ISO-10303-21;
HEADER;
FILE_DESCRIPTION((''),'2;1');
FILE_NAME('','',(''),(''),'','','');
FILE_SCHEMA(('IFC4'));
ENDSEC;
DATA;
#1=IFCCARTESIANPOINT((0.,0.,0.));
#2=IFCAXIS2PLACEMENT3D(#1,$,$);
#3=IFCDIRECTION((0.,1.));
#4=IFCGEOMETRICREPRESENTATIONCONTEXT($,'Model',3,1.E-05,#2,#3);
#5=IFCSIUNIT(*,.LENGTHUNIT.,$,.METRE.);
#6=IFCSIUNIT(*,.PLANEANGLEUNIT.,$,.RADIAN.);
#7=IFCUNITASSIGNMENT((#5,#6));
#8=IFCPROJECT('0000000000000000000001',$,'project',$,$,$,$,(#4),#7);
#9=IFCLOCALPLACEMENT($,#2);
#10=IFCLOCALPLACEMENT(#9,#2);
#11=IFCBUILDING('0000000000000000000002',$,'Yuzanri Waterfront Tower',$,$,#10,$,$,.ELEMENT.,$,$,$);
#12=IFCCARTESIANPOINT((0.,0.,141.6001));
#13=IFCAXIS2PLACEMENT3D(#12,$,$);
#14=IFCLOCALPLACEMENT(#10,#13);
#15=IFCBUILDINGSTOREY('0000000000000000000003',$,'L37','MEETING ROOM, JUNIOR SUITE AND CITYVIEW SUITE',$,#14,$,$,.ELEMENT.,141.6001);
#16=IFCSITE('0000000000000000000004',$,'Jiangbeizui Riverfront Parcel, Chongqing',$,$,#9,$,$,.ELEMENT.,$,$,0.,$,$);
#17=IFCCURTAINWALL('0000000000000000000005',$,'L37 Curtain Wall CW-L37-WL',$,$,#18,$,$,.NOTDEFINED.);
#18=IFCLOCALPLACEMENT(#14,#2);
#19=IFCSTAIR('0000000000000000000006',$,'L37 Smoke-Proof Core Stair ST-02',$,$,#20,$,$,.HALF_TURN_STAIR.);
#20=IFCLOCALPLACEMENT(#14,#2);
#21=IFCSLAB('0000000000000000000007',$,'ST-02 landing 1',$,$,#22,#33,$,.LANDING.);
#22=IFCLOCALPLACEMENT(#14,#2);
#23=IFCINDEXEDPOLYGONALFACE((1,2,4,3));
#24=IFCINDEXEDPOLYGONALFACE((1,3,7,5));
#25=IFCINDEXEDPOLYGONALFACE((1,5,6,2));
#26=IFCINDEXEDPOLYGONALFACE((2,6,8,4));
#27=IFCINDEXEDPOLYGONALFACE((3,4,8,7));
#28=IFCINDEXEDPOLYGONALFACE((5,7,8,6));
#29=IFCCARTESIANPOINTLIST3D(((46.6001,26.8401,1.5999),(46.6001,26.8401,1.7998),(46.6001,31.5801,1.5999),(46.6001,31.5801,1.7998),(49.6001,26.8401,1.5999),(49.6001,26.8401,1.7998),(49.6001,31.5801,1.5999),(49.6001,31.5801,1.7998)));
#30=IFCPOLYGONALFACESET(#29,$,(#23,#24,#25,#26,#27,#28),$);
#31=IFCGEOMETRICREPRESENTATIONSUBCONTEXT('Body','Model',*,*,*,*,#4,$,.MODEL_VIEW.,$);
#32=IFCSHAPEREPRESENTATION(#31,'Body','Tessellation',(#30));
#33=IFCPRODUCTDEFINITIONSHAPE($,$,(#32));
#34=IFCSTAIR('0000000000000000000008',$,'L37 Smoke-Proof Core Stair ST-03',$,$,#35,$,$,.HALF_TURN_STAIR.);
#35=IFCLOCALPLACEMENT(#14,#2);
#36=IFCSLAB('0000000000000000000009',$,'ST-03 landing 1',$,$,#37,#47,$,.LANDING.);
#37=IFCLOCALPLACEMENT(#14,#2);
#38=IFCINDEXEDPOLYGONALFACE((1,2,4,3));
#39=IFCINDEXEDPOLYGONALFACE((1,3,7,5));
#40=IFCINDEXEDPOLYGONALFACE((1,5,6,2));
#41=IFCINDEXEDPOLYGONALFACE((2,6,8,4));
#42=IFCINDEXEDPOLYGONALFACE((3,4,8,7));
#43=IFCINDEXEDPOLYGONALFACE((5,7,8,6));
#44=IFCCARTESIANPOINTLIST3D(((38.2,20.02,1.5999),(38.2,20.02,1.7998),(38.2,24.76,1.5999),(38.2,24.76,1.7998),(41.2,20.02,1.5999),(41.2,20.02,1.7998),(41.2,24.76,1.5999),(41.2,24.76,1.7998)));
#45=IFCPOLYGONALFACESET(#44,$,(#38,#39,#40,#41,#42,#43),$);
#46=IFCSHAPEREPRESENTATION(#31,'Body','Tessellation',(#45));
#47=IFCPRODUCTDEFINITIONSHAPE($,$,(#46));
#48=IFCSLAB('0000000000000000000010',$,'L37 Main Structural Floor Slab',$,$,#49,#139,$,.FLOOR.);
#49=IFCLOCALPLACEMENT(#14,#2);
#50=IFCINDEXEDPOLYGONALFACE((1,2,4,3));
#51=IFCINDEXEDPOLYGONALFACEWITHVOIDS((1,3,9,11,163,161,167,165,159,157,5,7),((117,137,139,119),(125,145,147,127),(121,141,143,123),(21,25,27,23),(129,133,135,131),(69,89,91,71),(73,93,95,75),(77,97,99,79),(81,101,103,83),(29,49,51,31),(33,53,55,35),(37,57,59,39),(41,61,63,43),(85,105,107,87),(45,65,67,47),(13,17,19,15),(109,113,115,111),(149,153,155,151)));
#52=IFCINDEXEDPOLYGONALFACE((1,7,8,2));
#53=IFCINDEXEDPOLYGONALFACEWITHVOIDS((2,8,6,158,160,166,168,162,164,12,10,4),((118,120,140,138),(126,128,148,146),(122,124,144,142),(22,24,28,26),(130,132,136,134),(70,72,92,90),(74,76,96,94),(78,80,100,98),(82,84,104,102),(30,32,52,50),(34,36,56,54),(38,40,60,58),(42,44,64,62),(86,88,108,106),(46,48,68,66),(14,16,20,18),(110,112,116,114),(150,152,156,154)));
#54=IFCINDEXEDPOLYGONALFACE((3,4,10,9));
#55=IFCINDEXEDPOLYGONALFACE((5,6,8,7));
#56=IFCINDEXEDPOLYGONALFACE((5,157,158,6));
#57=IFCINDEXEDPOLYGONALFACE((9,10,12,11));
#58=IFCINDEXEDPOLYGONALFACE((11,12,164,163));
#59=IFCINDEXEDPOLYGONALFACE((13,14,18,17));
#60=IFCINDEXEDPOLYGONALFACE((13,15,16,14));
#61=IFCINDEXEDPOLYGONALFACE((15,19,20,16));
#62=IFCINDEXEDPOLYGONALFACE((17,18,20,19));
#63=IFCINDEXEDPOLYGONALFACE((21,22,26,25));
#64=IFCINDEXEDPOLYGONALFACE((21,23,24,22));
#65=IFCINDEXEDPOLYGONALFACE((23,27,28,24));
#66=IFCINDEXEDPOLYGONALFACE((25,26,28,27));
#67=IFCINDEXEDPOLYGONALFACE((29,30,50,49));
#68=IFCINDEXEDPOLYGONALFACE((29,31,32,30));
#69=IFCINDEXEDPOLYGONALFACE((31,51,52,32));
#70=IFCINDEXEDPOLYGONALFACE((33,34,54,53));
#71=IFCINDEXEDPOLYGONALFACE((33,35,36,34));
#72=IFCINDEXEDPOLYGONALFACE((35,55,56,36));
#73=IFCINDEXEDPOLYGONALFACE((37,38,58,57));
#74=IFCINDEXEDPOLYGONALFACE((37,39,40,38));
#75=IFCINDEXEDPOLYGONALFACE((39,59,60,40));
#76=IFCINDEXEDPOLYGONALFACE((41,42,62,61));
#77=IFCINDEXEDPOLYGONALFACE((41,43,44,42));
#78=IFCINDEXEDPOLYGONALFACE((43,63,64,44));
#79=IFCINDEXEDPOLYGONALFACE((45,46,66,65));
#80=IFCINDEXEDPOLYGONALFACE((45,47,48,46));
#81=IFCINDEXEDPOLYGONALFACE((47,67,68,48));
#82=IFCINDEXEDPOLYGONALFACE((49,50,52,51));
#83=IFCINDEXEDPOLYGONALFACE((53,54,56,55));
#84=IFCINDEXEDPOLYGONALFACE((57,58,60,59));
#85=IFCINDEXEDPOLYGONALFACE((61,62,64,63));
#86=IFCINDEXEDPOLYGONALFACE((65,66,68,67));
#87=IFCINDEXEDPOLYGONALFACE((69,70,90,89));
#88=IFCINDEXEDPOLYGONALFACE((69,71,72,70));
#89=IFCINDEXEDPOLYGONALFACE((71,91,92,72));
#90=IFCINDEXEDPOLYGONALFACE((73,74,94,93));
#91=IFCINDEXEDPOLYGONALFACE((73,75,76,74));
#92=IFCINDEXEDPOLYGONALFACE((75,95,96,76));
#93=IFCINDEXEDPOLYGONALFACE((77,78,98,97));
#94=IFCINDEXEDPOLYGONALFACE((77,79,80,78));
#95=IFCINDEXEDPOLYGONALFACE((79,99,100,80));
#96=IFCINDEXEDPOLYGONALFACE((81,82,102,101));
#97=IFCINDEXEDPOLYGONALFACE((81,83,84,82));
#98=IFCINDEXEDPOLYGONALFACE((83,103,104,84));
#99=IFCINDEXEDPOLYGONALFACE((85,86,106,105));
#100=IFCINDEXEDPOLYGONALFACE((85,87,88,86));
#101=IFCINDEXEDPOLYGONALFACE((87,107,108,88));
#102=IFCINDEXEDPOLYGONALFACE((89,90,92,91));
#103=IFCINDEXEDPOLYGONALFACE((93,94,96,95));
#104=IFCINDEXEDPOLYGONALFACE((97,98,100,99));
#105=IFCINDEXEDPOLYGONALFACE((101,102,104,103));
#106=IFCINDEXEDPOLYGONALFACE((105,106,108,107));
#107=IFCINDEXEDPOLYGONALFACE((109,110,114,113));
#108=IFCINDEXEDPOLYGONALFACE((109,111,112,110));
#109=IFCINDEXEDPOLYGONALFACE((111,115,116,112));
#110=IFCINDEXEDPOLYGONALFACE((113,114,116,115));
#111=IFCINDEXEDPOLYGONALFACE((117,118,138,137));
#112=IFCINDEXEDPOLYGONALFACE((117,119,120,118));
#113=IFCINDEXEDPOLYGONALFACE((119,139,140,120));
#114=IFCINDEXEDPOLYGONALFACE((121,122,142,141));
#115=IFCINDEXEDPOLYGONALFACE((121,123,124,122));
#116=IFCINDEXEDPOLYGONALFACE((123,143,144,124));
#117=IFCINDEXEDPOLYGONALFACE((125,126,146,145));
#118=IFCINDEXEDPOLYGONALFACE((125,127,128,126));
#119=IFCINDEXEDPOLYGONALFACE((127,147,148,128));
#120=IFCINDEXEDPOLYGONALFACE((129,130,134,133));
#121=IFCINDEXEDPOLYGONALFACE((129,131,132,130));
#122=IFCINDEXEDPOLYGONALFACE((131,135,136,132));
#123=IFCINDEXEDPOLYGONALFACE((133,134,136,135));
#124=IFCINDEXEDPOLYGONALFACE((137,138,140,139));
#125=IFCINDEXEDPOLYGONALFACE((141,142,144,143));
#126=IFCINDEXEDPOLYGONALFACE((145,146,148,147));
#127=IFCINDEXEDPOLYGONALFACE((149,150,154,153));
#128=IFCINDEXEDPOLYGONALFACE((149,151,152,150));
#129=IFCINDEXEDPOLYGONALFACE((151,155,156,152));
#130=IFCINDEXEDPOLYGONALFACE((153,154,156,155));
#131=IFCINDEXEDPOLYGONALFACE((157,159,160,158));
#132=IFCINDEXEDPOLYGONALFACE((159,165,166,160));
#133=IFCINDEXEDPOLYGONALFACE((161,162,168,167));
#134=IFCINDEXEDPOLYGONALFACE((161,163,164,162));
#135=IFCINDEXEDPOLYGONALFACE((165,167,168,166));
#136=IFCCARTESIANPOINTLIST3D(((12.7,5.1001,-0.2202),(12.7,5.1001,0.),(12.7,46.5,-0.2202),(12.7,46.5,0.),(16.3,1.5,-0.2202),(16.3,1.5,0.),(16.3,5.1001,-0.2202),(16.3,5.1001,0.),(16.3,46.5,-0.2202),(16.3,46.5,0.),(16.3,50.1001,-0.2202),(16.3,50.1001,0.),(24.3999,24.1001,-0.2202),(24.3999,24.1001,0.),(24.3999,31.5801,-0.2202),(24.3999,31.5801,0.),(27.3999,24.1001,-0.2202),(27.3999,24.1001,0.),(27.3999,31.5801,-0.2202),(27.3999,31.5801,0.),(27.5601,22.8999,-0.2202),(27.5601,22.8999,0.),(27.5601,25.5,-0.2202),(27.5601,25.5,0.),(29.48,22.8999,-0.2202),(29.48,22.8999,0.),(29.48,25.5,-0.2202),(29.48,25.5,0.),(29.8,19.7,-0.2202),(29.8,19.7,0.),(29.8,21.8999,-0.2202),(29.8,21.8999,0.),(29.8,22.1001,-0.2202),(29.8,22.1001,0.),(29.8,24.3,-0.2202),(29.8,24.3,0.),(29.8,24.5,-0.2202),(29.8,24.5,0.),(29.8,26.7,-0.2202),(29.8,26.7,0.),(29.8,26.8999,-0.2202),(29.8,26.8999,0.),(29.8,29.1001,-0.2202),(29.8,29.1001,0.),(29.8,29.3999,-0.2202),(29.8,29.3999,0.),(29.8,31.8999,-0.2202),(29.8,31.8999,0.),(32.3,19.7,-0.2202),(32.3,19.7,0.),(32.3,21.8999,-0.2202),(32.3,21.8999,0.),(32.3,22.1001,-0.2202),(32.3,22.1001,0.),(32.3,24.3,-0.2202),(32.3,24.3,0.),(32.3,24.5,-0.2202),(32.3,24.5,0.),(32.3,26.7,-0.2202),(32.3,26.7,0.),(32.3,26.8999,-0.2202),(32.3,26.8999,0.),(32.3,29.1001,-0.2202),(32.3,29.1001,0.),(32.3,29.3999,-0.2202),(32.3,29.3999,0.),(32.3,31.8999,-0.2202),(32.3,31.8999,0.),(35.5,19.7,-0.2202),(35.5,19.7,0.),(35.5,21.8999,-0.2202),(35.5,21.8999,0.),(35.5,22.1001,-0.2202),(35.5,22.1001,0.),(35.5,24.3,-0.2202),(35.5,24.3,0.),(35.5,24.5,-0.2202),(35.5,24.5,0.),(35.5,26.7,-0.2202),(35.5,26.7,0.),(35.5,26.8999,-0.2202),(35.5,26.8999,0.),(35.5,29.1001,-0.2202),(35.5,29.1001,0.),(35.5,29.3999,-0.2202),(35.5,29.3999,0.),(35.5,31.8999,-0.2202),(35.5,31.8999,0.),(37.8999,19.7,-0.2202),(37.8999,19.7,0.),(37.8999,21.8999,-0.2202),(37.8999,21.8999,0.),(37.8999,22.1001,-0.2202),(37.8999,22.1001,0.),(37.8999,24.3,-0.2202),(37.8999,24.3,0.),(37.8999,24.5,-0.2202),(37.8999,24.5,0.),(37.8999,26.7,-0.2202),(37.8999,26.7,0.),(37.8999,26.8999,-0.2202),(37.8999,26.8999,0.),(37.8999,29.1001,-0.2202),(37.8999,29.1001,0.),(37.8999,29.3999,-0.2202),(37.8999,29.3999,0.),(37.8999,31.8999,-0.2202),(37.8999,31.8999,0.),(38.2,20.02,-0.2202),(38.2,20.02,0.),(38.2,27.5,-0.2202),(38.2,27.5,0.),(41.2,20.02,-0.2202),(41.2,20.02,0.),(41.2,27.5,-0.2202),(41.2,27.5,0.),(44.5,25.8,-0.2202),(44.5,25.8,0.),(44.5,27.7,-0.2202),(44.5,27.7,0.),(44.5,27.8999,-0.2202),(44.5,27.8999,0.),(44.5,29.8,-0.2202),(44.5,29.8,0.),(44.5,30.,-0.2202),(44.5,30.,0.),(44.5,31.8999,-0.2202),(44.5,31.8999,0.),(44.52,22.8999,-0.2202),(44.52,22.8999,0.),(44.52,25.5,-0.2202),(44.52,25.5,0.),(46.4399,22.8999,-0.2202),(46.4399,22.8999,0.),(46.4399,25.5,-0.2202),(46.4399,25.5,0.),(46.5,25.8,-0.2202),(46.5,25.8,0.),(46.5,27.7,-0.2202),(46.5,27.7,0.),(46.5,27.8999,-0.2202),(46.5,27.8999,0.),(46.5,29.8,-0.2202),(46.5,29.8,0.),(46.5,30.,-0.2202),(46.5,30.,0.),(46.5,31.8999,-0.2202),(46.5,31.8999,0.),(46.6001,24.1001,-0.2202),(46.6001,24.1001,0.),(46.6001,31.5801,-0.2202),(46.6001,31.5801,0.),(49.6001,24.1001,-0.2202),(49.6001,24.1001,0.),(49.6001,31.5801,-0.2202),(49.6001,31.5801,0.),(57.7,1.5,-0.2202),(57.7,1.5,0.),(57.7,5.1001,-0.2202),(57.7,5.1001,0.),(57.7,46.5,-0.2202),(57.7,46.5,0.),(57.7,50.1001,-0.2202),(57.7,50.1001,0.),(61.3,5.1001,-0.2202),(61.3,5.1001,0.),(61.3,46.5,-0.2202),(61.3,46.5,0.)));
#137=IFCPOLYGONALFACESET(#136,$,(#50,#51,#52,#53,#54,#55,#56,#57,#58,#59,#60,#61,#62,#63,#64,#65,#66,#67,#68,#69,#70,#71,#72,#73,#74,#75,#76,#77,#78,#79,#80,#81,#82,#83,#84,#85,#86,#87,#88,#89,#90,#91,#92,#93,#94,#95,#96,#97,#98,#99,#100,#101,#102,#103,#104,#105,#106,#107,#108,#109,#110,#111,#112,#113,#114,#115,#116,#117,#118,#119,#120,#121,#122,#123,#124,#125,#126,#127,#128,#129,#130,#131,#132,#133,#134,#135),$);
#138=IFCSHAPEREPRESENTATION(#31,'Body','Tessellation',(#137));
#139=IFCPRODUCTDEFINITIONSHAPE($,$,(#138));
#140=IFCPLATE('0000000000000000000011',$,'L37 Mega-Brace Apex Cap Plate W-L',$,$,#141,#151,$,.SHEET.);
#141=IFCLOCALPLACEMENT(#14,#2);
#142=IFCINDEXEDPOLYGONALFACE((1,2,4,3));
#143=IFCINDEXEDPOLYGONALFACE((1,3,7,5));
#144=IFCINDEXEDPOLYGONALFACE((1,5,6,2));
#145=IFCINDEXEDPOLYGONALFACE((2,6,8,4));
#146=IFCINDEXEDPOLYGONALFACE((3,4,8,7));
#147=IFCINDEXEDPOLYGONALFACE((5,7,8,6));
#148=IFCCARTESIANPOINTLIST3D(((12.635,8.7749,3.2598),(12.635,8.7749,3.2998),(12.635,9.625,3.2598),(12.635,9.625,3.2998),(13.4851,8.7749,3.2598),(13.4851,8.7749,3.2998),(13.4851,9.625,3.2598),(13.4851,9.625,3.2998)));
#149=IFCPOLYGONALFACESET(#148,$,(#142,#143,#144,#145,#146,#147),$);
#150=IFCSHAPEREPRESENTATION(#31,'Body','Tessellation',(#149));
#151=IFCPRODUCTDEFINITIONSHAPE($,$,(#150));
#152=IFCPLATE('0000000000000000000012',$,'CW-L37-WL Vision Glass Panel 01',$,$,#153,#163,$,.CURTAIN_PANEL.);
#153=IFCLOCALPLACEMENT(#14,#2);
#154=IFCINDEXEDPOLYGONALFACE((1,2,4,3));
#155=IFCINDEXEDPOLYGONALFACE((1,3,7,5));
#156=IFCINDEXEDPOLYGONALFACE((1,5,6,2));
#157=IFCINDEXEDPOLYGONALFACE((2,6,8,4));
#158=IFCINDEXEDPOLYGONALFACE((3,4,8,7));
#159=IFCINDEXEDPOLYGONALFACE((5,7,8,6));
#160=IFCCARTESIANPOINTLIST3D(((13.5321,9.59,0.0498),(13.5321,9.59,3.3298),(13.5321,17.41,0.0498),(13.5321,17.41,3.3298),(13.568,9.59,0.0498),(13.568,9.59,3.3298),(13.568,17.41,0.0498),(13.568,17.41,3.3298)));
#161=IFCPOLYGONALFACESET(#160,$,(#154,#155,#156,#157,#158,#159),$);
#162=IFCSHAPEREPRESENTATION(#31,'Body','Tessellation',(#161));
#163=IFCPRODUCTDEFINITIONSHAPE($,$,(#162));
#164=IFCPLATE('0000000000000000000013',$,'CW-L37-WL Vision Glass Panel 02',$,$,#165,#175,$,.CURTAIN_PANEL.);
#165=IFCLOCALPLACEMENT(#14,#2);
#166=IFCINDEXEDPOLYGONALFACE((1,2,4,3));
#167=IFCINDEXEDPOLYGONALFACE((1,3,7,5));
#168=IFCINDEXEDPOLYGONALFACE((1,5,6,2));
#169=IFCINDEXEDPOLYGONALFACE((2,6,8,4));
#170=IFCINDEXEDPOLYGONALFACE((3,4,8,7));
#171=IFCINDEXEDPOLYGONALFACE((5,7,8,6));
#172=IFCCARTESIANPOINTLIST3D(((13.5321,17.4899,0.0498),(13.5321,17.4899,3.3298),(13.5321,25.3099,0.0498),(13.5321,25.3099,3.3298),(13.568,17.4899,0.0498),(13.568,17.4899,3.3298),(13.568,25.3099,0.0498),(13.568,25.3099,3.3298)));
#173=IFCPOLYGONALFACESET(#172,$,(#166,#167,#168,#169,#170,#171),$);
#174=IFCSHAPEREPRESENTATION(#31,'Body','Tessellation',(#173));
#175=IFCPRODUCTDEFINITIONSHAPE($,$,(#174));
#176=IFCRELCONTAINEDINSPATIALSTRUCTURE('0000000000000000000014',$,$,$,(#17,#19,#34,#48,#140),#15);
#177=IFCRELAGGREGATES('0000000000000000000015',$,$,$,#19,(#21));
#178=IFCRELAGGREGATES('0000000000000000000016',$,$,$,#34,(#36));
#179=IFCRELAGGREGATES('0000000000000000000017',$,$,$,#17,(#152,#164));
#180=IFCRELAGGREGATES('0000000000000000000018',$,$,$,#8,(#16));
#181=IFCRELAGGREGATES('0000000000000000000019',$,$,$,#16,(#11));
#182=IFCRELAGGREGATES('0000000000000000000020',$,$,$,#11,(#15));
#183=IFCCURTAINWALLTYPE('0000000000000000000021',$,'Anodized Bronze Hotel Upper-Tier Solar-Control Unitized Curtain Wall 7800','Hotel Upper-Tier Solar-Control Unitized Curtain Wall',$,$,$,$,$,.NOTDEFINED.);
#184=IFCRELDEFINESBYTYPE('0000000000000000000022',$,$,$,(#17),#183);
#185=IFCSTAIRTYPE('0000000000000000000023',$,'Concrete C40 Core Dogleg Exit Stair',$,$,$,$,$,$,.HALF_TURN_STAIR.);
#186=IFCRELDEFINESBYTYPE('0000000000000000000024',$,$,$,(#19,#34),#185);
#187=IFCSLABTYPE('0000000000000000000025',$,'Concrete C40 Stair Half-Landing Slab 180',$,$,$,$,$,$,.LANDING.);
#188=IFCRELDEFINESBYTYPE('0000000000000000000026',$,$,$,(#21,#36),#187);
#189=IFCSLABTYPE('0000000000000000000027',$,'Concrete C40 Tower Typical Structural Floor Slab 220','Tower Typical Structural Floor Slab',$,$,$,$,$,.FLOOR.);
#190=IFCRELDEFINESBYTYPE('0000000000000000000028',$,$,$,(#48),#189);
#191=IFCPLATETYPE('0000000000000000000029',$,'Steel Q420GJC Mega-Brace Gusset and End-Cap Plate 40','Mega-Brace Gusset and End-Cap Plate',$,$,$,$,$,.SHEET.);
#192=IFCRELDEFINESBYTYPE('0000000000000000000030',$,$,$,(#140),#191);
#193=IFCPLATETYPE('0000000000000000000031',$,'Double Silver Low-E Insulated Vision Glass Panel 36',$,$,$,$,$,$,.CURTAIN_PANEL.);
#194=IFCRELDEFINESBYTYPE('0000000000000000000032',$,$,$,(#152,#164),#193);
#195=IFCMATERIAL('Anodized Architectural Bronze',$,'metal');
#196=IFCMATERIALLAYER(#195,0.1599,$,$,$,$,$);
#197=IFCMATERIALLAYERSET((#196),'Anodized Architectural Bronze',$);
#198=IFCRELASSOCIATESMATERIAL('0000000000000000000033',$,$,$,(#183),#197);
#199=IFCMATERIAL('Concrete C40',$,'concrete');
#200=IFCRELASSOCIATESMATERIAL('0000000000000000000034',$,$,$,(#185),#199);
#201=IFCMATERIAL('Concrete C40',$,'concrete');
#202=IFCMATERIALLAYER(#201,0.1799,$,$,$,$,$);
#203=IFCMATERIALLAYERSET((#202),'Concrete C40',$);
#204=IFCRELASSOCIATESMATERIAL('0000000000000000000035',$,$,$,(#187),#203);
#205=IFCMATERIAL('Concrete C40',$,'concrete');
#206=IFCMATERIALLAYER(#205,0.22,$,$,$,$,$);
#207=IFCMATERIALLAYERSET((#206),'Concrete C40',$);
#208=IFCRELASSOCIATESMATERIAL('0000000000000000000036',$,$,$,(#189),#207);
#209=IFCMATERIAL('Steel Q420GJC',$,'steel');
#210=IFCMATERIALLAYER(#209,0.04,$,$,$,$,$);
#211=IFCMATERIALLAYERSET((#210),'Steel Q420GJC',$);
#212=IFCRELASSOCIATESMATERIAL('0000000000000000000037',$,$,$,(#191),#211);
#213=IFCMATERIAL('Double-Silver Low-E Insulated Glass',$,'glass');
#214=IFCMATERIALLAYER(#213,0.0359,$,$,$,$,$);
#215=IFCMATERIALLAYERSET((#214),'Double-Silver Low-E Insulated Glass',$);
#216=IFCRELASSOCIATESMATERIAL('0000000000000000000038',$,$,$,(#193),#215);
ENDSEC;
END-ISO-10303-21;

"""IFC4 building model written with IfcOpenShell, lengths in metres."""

from ifc_helpers import new_model, si_unit, direction, frame, origin, origin_2d, place, context, subcontext, project, spatial, polyline, rectangle, outline, extrude, source, transform, mapped, material, layer, layer_set, type_object, element, aggregate, save


model = new_model("IFC4")

# Units and contexts
model_context = context("Model", 3, precision=1e-05, world=origin(), true_north=direction((0.0, 1.0)))
body_context = subcontext(model_context, "Body", "Model", "MODEL_VIEW")
ifc_project = project(units=[si_unit("LENGTHUNIT", "METRE"), si_unit("PLANEANGLEUNIT", "RADIAN")], contexts=[model_context])

# Site, building, storey
site_placement = place(None, origin())
site = spatial("IfcSite", under=ifc_project, at=site_placement, Name="Jiangbeizui Riverfront Parcel, Chongqing", CompositionType="ELEMENT", RefElevation=0.0)
building_placement = place(site_placement, origin())
building = spatial("IfcBuilding", under=site, at=building_placement, Name="Yuzanri Waterfront Tower", CompositionType="ELEMENT")
storey_placement = place(building_placement, frame((0.0, 0.0, 141.6001)))
storey = spatial("IfcBuildingStorey", under=building, at=storey_placement, Name="L37", Description="MEETING ROOM, JUNIOR SUITE AND CITYVIEW SUITE", CompositionType="ELEMENT", Elevation=141.6001)

# Curtain wall
ifc_material_1 = material(Name="Anodized Architectural Bronze", Category="metal")
ifc_layer_1 = layer(ifc_material_1, 0.1599)
ifc_layer_set_1 = layer_set([ifc_layer_1], Name="Anodized Architectural Bronze")
curtain_wall_type = type_object("IfcCurtainWallType", Name="Anodized Bronze Hotel Upper-Tier Solar-Control Unitized Curtain Wall 7800", Description="Hotel Upper-Tier Solar-Control Unitized Curtain Wall", PredefinedType="NOTDEFINED", material=ifc_layer_set_1)
curtain_wall_placement = place(storey_placement, origin())
curtain_wall = element("IfcCurtainWall", 1, at=curtain_wall_placement, inside=storey, type_object=curtain_wall_type, Name="L37 Curtain Wall CW-L37-WL", PredefinedType="NOTDEFINED")

# Stairs, slabs
ifc_material_2 = material(Name="Concrete C40", Category="concrete")
stair_type = type_object("IfcStairType", Name="Concrete C40 Core Dogleg Exit Stair", PredefinedType="HALF_TURN_STAIR", material=ifc_material_2)
ifc_material_3 = material(Name="Concrete C40", Category="concrete")
ifc_layer_2 = layer(ifc_material_3, 0.1799)
ifc_layer_set_2 = layer_set([ifc_layer_2], Name="Concrete C40")
slab_type_1 = type_object("IfcSlabType", Name="Concrete C40 Stair Half-Landing Slab 180", PredefinedType="LANDING", material=ifc_layer_set_2)
stair_1_placement = place(storey_placement, origin())
stair_1 = element("IfcStair", 2, at=stair_1_placement, inside=storey, type_object=stair_type, Name="L37 Smoke-Proof Core Stair ST-02", PredefinedType="HALF_TURN_STAIR")
slab_1_placement = place(storey_placement, frame((0.0, 0.0, 1.5999)))
slab_1 = element("IfcSlab", 3, at=slab_1_placement, type_object=slab_type_1, Name="ST-02 landing 1", PredefinedType="LANDING", context=body_context, shape_type="SweptSolid", body=[
    extrude(outline(polyline([(49.6001, 26.8401), (49.6001, 31.5801), (46.6001, 31.5801), (46.6001, 26.8401), (49.6001, 26.8401)])), origin(), (0.0, 0.0, 1.0), 0.2),
])
aggregate(stair_1, [slab_1])
stair_2_placement = place(storey_placement, origin())
stair_2 = element("IfcStair", 4, at=stair_2_placement, inside=storey, type_object=stair_type, Name="L37 Smoke-Proof Core Stair ST-03", PredefinedType="HALF_TURN_STAIR")
slab_2_placement = place(storey_placement, frame((0.0, 0.0, 1.5999)))
slab_2 = element("IfcSlab", 5, at=slab_2_placement, type_object=slab_type_1, Name="ST-03 landing 1", PredefinedType="LANDING", context=body_context, shape_type="SweptSolid", body=[
    extrude(outline(polyline([(38.2, 24.76), (38.2, 20.02), (41.2, 20.02), (41.2, 24.76), (38.2, 24.76)])), origin(), (0.0, 0.0, 1.0), 0.2),
])
aggregate(stair_2, [slab_2])

# Slab
ifc_material_4 = material(Name="Concrete C40", Category="concrete")
ifc_layer_3 = layer(ifc_material_4, 0.22)
ifc_layer_set_3 = layer_set([ifc_layer_3], Name="Concrete C40")
slab_type_2 = type_object("IfcSlabType", Name="Concrete C40 Tower Typical Structural Floor Slab 220", Description="Tower Typical Structural Floor Slab", PredefinedType="FLOOR", material=ifc_layer_set_3)
slab_3_placement = place(storey_placement, frame((0.0, 0.0, -0.2202)))
element("IfcSlab", 6, at=slab_3_placement, inside=storey, type_object=slab_type_2, Name="L37 Main Structural Floor Slab", PredefinedType="FLOOR", context=body_context, shape_type="SweptSolid", body=[
    extrude(outline(polyline([(16.3, 1.5), (57.7, 1.5), (57.7, 5.1001), (61.3, 5.1001), (61.3, 46.5), (57.7, 46.5), (57.7, 50.1001), (16.3, 50.1001), (16.3, 46.5), (12.7, 46.5), (12.7, 5.1001), (16.3, 5.1001), (16.3, 1.5)]), holes=[polyline([(27.3999, 24.1001), (27.3999, 31.5801), (24.3999, 31.5801), (24.3999, 24.1001), (27.3999, 24.1001)]), polyline([(49.6001, 24.1001), (49.6001, 31.5801), (46.6001, 31.5801), (46.6001, 24.1001), (49.6001, 24.1001)]), polyline([(38.2, 27.5), (38.2, 20.02), (41.2, 20.02), (41.2, 27.5), (38.2, 27.5)]), polyline([(27.5601, 22.8999), (29.48, 22.8999), (29.48, 25.5), (27.5601, 25.5), (27.5601, 22.8999)]), polyline([(44.52, 22.8999), (46.4399, 22.8999), (46.4399, 25.5), (44.52, 25.5), (44.52, 22.8999)]), polyline([(29.8, 19.7), (32.3, 19.7), (32.3, 21.8999), (29.8, 21.8999), (29.8, 19.7)]), polyline([(29.8, 22.1001), (32.3, 22.1001), (32.3, 24.3), (29.8, 24.3), (29.8, 22.1001)]), polyline([(29.8, 24.5), (32.3, 24.5), (32.3, 26.7), (29.8, 26.7), (29.8, 24.5)]), polyline([(29.8, 26.8999), (32.3, 26.8999), (32.3, 29.1001), (29.8, 29.1001), (29.8, 26.8999)]), polyline([(29.8, 29.3999), (32.3, 29.3999), (32.3, 31.8999), (29.8, 31.8999), (29.8, 29.3999)]), polyline([(35.5, 19.7), (37.8999, 19.7), (37.8999, 21.8999), (35.5, 21.8999), (35.5, 19.7)]), polyline([(35.5, 22.1001), (37.8999, 22.1001), (37.8999, 24.3), (35.5, 24.3), (35.5, 22.1001)]), polyline([(35.5, 24.5), (37.8999, 24.5), (37.8999, 26.7), (35.5, 26.7), (35.5, 24.5)]), polyline([(35.5, 26.8999), (37.8999, 26.8999), (37.8999, 29.1001), (35.5, 29.1001), (35.5, 26.8999)]), polyline([(35.5, 29.3999), (37.8999, 29.3999), (37.8999, 31.8999), (35.5, 31.8999), (35.5, 29.3999)]), polyline([(44.5, 25.8), (46.5, 25.8), (46.5, 27.7), (44.5, 27.7), (44.5, 25.8)]), polyline([(44.5, 27.8999), (46.5, 27.8999), (46.5, 29.8), (44.5, 29.8), (44.5, 27.8999)]), polyline([(44.5, 30.0), (46.5, 30.0), (46.5, 31.8999), (44.5, 31.8999), (44.5, 30.0)])]), origin(), (0.0, 0.0, 1.0), 0.2202),
])

# Plates
ifc_material_5 = material(Name="Steel Q420GJC", Category="steel")
ifc_layer_4 = layer(ifc_material_5, 0.04)
ifc_layer_set_4 = layer_set([ifc_layer_4], Name="Steel Q420GJC")
plate_type_1 = type_object("IfcPlateType", Name="Steel Q420GJC Mega-Brace Gusset and End-Cap Plate 40", Description="Mega-Brace Gusset and End-Cap Plate", PredefinedType="SHEET", material=ifc_layer_set_4)
shared_shape_1 = source(origin(), body_context, "Body", "SweptSolid", [
    extrude(rectangle(XDim=0.8501, YDim=0.8501, at=origin_2d()), origin(), (0.0, 0.0, 1.0), 0.04),
])
plate_1_placement = place(storey_placement, frame((13.0601, 9.2, 3.2598), z_axis=(0.0, 0.0, 1.0), x_axis=(1.0, 0.0, 0.0)))
element("IfcPlate", 7, at=plate_1_placement, inside=storey, type_object=plate_type_1, Name="L37 Mega-Brace Apex Cap Plate W-L", PredefinedType="SHEET", context=body_context, shape_type="MappedRepresentation", body=[
    mapped(shared_shape_1, transform((0.0, 0.0, 0.0), scale=1.0)),
])
ifc_material_6 = material(Name="Double-Silver Low-E Insulated Glass", Category="glass")
ifc_layer_5 = layer(ifc_material_6, 0.0359)
ifc_layer_set_5 = layer_set([ifc_layer_5], Name="Double-Silver Low-E Insulated Glass")
plate_type_2 = type_object("IfcPlateType", Name="Double Silver Low-E Insulated Vision Glass Panel 36", PredefinedType="CURTAIN_PANEL", material=ifc_layer_set_5)
shared_shape_2 = source(origin(), body_context, "Body", "SweptSolid", [
    extrude(rectangle(XDim=7.8201, YDim=0.0359, at=origin_2d()), origin(), (0.0, 0.0, 1.0), 3.28),
])
plate_2_placement = place(storey_placement, frame((13.55, 13.5, 0.0498), z_axis=(0.0, 0.0, 1.0), x_axis=(0.0, 1.0, 0.0)))
plate_2 = element("IfcPlate", 8, at=plate_2_placement, type_object=plate_type_2, Name="CW-L37-WL Vision Glass Panel 01", PredefinedType="CURTAIN_PANEL", context=body_context, shape_type="MappedRepresentation", body=[
    mapped(shared_shape_2, transform((0.0, 0.0, 0.0), scale=1.0)),
])
plate_3_placement = place(storey_placement, frame((13.55, 21.3999, 0.0498), z_axis=(0.0, 0.0, 1.0), x_axis=(0.0, 1.0, 0.0)))
plate_3 = element("IfcPlate", 9, at=plate_3_placement, type_object=plate_type_2, Name="CW-L37-WL Vision Glass Panel 02", PredefinedType="CURTAIN_PANEL", context=body_context, shape_type="MappedRepresentation", body=[
    mapped(shared_shape_2, transform((0.0, 0.0, 0.0), scale=1.0)),
])
aggregate(curtain_wall, [plate_2, plate_3])

save(model, "model.ifc")
